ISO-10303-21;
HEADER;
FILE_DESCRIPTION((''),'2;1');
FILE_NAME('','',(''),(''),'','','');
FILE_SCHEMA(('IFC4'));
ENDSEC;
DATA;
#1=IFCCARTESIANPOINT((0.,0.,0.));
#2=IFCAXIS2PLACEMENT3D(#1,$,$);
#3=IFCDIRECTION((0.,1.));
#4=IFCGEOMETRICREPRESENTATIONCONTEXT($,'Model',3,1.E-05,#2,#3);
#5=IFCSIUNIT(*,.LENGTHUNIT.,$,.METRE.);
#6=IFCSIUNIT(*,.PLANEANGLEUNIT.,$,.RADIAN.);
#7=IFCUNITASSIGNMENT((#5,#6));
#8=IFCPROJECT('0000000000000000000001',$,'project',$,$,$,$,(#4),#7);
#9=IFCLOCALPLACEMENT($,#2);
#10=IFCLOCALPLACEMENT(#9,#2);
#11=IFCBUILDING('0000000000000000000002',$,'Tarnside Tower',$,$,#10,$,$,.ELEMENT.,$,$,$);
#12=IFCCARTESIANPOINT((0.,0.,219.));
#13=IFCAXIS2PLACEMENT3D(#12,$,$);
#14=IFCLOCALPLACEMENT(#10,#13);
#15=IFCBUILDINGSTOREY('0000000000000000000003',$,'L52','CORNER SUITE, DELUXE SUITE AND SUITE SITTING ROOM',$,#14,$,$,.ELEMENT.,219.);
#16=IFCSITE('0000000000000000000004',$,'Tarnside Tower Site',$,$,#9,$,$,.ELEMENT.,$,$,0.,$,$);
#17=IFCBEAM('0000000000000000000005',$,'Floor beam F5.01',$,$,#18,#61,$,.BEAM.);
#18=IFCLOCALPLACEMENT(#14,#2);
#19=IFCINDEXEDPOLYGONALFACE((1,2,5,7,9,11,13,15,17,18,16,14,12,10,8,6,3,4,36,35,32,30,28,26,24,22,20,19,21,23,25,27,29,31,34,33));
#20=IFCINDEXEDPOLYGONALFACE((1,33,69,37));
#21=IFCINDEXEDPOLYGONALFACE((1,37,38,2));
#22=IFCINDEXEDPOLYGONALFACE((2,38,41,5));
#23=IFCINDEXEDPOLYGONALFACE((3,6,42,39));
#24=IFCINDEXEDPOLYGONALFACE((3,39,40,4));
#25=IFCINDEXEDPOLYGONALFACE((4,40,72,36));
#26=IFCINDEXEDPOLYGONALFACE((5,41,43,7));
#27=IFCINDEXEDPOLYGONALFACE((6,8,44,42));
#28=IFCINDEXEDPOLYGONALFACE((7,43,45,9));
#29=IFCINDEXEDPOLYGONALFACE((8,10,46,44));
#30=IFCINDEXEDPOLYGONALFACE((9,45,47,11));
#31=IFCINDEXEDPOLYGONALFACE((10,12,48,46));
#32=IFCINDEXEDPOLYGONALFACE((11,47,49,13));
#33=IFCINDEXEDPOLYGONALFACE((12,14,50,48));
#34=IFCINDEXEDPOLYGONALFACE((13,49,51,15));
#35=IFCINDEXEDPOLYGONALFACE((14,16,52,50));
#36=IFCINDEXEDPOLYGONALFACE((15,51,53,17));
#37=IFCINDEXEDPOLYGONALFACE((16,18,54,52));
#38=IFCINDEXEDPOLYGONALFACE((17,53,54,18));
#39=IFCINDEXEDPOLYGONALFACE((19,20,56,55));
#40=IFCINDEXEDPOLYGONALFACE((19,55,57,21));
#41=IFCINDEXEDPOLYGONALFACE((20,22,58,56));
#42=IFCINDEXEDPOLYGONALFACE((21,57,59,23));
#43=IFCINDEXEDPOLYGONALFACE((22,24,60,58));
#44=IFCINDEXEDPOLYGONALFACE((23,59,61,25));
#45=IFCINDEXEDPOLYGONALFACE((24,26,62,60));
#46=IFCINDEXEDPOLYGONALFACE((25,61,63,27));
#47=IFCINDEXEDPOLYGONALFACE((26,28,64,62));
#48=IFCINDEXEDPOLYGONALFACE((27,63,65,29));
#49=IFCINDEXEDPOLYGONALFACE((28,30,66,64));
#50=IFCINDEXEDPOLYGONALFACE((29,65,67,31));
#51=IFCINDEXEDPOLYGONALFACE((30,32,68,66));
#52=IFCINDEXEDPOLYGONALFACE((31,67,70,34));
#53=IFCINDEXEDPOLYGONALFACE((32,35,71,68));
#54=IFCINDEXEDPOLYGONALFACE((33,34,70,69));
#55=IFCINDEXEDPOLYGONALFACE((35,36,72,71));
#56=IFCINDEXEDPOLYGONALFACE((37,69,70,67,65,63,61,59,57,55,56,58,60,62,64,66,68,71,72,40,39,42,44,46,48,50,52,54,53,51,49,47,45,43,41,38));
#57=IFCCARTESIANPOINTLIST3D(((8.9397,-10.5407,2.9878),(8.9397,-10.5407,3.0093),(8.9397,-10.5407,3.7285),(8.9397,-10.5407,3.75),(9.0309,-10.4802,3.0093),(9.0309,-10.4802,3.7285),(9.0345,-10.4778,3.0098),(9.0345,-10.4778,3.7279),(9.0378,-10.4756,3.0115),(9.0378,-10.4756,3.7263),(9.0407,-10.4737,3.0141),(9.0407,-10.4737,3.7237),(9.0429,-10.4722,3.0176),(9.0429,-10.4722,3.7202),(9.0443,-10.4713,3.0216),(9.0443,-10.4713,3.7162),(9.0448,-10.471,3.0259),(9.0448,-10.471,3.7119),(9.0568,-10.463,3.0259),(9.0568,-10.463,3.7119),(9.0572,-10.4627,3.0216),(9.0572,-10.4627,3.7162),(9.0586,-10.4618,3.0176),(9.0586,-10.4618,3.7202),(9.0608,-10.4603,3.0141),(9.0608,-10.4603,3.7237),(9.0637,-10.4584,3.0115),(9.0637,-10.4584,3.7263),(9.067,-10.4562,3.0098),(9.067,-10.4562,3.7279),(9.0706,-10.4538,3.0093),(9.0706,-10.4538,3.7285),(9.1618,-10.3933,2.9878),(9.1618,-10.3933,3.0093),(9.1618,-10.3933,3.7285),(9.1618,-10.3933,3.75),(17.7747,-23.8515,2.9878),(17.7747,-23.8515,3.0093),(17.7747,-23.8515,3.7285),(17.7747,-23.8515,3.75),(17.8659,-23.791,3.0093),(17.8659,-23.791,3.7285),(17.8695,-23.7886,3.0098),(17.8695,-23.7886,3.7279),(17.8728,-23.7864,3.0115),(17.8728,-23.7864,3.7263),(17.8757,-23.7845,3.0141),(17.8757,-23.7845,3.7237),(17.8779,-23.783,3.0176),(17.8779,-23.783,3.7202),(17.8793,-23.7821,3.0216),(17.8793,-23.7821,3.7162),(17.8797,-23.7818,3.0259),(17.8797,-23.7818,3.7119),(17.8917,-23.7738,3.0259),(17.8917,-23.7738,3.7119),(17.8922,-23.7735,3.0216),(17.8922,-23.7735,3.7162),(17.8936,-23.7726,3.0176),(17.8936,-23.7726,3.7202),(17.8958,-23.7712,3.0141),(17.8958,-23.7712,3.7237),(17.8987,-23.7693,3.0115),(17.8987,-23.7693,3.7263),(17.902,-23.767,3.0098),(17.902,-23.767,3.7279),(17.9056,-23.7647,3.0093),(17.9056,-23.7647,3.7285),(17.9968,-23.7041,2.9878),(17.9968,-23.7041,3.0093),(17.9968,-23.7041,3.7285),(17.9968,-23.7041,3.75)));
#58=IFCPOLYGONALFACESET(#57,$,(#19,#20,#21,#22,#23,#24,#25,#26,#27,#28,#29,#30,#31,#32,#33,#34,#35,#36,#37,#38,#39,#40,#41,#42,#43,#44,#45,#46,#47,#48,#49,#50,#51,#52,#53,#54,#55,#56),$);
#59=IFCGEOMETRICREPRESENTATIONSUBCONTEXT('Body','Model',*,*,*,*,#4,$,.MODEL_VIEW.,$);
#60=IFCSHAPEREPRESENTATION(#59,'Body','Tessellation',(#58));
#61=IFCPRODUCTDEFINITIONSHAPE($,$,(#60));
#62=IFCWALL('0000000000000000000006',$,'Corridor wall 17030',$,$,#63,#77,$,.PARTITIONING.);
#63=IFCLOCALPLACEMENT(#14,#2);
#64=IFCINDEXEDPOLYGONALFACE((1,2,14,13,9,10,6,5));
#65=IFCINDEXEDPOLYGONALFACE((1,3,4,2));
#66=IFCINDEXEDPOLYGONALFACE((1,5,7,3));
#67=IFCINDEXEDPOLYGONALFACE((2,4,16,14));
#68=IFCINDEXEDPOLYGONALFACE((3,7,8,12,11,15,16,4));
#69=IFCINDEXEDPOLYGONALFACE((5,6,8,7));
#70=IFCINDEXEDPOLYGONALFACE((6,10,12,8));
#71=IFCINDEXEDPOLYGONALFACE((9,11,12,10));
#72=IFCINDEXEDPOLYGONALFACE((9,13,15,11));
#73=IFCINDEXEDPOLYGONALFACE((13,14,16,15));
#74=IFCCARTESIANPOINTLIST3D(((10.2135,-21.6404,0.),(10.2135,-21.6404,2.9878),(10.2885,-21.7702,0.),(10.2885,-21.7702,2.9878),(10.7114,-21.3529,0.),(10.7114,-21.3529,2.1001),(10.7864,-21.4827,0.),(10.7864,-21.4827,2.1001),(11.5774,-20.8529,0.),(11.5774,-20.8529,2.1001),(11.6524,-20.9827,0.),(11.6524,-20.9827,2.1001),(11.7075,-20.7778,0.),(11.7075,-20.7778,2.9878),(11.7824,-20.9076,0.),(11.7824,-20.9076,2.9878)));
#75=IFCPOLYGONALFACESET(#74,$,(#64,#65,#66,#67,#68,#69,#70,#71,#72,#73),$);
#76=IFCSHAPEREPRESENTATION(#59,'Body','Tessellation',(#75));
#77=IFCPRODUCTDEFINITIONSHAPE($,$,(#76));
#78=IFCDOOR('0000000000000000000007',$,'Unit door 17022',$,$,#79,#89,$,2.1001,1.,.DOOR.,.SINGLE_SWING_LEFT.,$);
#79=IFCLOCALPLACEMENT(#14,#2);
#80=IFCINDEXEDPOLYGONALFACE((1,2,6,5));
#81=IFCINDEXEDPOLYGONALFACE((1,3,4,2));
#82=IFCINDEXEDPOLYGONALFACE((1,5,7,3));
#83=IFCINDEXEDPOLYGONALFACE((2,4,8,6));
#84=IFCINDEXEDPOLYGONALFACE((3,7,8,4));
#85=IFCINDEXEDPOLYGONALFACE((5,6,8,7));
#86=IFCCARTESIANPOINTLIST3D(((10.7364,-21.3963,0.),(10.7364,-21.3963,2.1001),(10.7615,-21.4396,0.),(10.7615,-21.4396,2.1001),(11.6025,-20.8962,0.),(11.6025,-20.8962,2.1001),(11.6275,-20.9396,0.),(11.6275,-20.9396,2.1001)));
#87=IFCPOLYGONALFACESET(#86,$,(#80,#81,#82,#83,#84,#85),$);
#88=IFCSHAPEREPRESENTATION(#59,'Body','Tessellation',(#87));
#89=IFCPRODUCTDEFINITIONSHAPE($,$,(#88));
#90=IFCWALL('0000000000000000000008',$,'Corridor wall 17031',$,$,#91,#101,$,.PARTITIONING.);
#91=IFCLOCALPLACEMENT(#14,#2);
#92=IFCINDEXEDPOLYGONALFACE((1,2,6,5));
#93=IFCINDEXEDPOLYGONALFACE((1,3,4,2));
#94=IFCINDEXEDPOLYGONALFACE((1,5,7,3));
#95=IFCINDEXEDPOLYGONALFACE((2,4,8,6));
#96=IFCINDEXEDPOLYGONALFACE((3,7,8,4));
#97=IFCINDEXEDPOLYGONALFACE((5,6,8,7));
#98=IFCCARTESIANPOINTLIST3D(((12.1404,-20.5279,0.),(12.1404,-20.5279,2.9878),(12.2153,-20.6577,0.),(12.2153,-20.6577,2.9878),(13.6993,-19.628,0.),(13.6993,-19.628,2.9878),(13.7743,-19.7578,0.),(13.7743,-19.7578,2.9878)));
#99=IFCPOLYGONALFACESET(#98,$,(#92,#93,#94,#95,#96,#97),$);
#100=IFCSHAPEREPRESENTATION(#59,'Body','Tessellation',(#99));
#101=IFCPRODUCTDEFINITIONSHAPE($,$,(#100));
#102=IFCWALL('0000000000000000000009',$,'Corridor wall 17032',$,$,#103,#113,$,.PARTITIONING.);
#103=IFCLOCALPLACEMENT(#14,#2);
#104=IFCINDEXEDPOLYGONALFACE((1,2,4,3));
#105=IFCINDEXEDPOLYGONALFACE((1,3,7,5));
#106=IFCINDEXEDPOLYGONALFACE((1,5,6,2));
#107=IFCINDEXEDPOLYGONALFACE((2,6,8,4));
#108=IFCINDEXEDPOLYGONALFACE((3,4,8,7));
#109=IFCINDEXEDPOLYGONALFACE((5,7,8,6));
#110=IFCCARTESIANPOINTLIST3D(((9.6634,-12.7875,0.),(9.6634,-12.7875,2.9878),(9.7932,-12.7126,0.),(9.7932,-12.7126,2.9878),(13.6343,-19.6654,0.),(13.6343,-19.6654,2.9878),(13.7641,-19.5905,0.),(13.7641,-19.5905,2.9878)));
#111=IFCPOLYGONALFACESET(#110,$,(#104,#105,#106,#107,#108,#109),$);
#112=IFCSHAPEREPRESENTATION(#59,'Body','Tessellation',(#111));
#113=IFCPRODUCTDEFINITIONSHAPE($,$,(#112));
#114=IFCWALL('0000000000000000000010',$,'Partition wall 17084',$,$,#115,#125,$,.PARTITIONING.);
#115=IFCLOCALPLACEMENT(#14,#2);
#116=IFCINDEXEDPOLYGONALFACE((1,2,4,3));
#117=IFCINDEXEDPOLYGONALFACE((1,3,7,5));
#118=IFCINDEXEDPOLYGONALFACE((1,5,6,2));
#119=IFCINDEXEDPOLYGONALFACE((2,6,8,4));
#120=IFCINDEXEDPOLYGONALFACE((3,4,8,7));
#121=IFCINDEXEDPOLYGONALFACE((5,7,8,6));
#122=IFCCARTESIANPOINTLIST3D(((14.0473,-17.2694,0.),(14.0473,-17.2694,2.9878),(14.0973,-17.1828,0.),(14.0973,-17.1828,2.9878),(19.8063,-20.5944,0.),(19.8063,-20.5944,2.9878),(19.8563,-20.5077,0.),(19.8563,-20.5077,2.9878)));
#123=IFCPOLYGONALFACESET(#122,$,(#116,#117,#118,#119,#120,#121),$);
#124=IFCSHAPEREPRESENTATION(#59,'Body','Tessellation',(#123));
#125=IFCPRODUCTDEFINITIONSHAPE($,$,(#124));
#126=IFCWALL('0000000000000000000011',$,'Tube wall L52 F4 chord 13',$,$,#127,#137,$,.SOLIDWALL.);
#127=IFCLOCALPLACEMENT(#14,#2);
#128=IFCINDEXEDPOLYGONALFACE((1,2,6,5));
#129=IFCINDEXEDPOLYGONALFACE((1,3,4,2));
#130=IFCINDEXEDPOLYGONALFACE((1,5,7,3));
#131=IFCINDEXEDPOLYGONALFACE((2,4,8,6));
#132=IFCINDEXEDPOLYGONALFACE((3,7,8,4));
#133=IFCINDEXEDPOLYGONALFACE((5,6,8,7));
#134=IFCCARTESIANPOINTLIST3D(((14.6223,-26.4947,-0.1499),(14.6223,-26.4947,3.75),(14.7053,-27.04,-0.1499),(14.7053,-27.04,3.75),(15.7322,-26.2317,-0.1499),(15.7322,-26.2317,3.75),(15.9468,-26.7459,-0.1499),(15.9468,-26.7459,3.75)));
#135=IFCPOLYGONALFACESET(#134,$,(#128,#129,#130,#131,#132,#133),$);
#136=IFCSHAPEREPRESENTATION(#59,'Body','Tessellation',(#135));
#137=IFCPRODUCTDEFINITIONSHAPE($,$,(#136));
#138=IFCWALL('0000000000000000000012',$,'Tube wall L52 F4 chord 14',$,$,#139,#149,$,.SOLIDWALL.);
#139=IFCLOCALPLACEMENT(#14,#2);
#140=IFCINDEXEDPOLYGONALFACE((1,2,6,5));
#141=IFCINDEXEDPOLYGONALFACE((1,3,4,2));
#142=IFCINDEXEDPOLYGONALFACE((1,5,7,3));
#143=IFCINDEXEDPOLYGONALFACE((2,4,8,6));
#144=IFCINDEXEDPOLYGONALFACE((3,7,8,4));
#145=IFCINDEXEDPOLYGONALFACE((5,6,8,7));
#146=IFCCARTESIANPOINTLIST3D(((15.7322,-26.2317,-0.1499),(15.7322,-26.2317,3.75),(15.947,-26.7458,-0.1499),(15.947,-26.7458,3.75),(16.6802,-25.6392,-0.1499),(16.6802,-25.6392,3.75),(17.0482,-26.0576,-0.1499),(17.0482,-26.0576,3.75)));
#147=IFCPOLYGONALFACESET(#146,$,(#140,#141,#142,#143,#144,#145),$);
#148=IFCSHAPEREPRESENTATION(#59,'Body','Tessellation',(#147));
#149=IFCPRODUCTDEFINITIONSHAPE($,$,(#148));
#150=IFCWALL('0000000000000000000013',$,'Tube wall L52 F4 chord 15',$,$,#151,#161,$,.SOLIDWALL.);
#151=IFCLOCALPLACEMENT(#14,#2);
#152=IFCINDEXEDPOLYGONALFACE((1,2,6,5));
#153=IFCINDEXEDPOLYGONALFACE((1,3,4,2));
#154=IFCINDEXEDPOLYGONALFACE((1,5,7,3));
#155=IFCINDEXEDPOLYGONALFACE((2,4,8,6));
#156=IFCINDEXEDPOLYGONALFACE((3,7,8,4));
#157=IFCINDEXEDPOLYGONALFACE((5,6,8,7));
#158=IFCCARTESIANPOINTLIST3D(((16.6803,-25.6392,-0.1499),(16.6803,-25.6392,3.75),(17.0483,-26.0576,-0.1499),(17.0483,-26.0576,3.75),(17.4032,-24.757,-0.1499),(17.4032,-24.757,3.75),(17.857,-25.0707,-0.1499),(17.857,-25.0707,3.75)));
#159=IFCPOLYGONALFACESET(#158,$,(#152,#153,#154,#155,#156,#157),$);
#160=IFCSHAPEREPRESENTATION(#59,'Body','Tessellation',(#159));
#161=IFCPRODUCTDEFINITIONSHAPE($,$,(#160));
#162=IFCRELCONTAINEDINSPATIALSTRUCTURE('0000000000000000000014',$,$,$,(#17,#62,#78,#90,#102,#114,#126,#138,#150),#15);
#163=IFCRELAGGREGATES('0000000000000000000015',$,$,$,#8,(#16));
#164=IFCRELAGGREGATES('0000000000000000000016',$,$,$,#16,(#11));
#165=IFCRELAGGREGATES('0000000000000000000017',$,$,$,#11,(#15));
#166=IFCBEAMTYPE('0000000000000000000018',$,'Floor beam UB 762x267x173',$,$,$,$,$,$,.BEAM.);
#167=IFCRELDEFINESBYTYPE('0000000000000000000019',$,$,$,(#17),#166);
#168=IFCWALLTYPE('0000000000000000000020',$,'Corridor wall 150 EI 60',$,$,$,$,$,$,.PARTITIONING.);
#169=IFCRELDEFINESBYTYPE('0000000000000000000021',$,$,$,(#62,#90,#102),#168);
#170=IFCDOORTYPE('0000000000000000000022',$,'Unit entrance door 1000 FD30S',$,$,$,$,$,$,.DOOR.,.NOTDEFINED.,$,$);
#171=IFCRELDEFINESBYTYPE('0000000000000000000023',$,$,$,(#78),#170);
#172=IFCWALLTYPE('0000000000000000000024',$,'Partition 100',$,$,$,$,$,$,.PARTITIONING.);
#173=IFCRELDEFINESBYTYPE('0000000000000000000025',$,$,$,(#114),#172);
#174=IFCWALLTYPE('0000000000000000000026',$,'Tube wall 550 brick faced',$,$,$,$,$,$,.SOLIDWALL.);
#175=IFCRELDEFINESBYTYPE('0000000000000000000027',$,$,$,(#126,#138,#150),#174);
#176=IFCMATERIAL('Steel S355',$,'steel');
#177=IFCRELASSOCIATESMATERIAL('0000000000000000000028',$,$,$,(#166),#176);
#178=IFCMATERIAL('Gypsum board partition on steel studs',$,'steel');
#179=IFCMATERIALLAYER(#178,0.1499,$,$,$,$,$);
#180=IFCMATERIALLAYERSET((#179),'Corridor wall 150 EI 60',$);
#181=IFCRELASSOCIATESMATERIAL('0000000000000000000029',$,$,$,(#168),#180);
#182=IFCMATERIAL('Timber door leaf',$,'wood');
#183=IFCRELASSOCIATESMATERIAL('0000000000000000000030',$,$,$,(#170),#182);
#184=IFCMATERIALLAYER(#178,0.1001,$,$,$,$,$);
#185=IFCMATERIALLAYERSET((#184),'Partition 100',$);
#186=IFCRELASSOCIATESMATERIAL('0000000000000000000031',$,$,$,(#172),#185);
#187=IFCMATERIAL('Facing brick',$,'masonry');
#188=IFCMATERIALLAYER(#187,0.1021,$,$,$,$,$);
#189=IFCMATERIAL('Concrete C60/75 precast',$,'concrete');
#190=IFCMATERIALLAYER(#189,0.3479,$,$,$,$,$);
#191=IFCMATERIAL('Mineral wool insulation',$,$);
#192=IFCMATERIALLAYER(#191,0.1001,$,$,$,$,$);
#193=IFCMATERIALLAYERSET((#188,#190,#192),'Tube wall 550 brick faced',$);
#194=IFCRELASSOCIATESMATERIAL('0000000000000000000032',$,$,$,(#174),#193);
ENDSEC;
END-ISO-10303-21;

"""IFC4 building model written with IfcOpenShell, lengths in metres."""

from ifc_helpers import new_model, si_unit, direction, frame, frame_2d, origin, origin_2d, place, context, subcontext, project, spatial, polyline, rectangle, i_section, outline, extrude, material, layer, layer_set, material_profile, profile_set, type_object, element, fill, save


model = new_model("IFC4")

# Units and contexts
model_context = context("Model", 3, precision=1e-05, world=origin(), true_north=direction((0.0, 1.0)))
body_context = subcontext(model_context, "Body", "Model", "MODEL_VIEW")
ifc_project = project(units=[si_unit("LENGTHUNIT", "METRE"), si_unit("PLANEANGLEUNIT", "RADIAN")], contexts=[model_context])

# Site, building, storey
site_placement = place(None, origin())
site = spatial("IfcSite", under=ifc_project, at=site_placement, Name="Tarnside Tower Site", CompositionType="ELEMENT", RefElevation=0.0)
building_placement = place(site_placement, origin())
building = spatial("IfcBuilding", under=site, at=building_placement, Name="Tarnside Tower", CompositionType="ELEMENT")
storey_placement = place(building_placement, frame((0.0, 0.0, 219.0)))
storey = spatial("IfcBuildingStorey", under=building, at=storey_placement, Name="L52", Description="CORNER SUITE, DELUXE SUITE AND SUITE SITTING ROOM", CompositionType="ELEMENT", Elevation=219.0)

# Beam
ifc_material_1 = material(Name="Steel S355", Category="steel")
ifc_material_profile_1 = material_profile(ifc_material_1, i_section(OverallWidth=0.2666, OverallDepth=0.7622, WebThickness=0.0144, FlangeThickness=0.0215, FilletRadius=0.0166, at=origin_2d()), Name="UB 762x267x173")
ifc_profile_set_1 = profile_set([ifc_material_profile_1], Name="Steel S355")
beam_type_1 = type_object("IfcBeamType", Name="Floor beam UB 762x267x173", PredefinedType="BEAM", material=ifc_profile_set_1)
beam_1_placement = place(storey_placement, frame((17.8857, -23.7778, 3.3689), z_axis=(-0.553013, 0.833172, 0.0), x_axis=(-0.833172, -0.553013, 0.0)))
element("IfcBeam", 1, at=beam_1_placement, inside=storey, type_object=beam_type_1, Name="Floor beam F5.01", PredefinedType="BEAM", context=body_context, shape_type="SweptSolid", body=[
    extrude(i_section(OverallWidth=0.2666, OverallDepth=0.7622, WebThickness=0.0144, FlangeThickness=0.0215, FilletRadius=0.0166, at=origin_2d()), origin(), (0.0, 0.0, 1.0), 15.9761),
])

# Wall, opening, door
ifc_material_2 = material(Name="Gypsum board partition on steel studs", Category="steel")
ifc_layer_1 = layer(ifc_material_2, 0.1499)
ifc_layer_set_1 = layer_set([ifc_layer_1], Name="Corridor wall 150 EI 60")
wall_type_1 = type_object("IfcWallType", Name="Corridor wall 150 EI 60", PredefinedType="PARTITIONING", material=ifc_layer_set_1)
wall_1_placement = place(storey_placement, frame((10.251, -21.7053, 0.0), z_axis=(0.0, 0.0, 1.0), x_axis=(0.866014, 0.500021, 0.0)))
wall_1 = element("IfcWall", 2, at=wall_1_placement, inside=storey, type_object=wall_type_1, Name="Corridor wall 17030", PredefinedType="PARTITIONING", context=body_context, shape_type="SweptSolid", body=[
    extrude(rectangle(XDim=1.7251, YDim=0.1499, at=frame_2d((0.8625, 0.0))), origin(), (0.0, 0.0, 1.0), 2.9878),
])
opening_1_placement = place(wall_1_placement, frame((0.575, 0.0, 0.0)))
opening_1 = element("IfcOpeningElement", 3, at=opening_1_placement, cuts=wall_1, PredefinedType="OPENING", context=body_context, shape_type="SweptSolid", body=[
    extrude(rectangle(XDim=1.0, YDim=2.1001, at=frame_2d((0.5, 1.05))), frame((0.0, 0.085, 0.0), z_axis=(0.0, -1.0, 0.0), x_axis=(1.0, 0.0, 0.0)), (0.0, 0.0, 1.0), 0.1699),
])
ifc_material_3 = material(Name="Timber door leaf", Category="wood")
door_type = type_object("IfcDoorType", Name="Unit entrance door 1000 FD30S", OperationType="NOTDEFINED", PredefinedType="DOOR", material=ifc_material_3)
door_placement = place(opening_1_placement, origin())
door = element("IfcDoor", 4, at=door_placement, inside=storey, type_object=door_type, Name="Unit door 17022", OperationType="SINGLE_SWING_LEFT", OverallHeight=2.1001, OverallWidth=1.0, PredefinedType="DOOR", context=body_context, shape_type="SweptSolid", body=[
    extrude(rectangle(XDim=1.0, YDim=2.1001, at=frame_2d((0.5, 1.05))), frame((0.0, 0.0249, 0.0), z_axis=(0.0, -1.0, 0.0), x_axis=(1.0, 0.0, 0.0)), (0.0, 0.0, 1.0), 0.05),
])
fill(opening_1, door)

# Walls
wall_2_placement = place(storey_placement, frame((12.178, -20.5928, 0.0), z_axis=(0.0, 0.0, 1.0), x_axis=(0.866048, 0.499961, 0.0)))
element("IfcWall", 5, at=wall_2_placement, inside=storey, type_object=wall_type_1, Name="Corridor wall 17031", PredefinedType="PARTITIONING", context=body_context, shape_type="SweptSolid", body=[
    extrude(rectangle(XDim=1.8, YDim=0.1499, at=frame_2d((0.8999, 0.0))), origin(), (0.0, 0.0, 1.0), 2.9878),
])
wall_3_placement = place(storey_placement, frame((13.6992, -19.6279, 0.0), z_axis=(0.0, 0.0, 1.0), x_axis=(-0.499997, 0.866027, 0.0)))
element("IfcWall", 6, at=wall_3_placement, inside=storey, type_object=wall_type_1, Name="Corridor wall 17032", PredefinedType="PARTITIONING", context=body_context, shape_type="SweptSolid", body=[
    extrude(rectangle(XDim=7.9419, YDim=0.1499, at=frame_2d((3.9709, 0.0))), origin(), (0.0, 0.0, 1.0), 2.9878),
])
ifc_layer_2 = layer(ifc_material_2, 0.1001)
ifc_layer_set_2 = layer_set([ifc_layer_2], Name="Partition 100")
wall_type_2 = type_object("IfcWallType", Name="Partition 100", PredefinedType="PARTITIONING", material=ifc_layer_set_2)
wall_4_placement = place(storey_placement, frame((19.8313, -20.551, 0.0), z_axis=(0.0, 0.0, 1.0), x_axis=(-0.866027, 0.499997, 0.0)))
element("IfcWall", 7, at=wall_4_placement, inside=storey, type_object=wall_type_2, Name="Partition wall 17084", PredefinedType="PARTITIONING", context=body_context, shape_type="SweptSolid", body=[
    extrude(rectangle(XDim=6.6499, YDim=0.1001, at=frame_2d((3.325, 0.0))), origin(), (0.0, 0.0, 1.0), 2.9878),
])
ifc_material_4 = material(Name="Facing brick", Category="masonry")
ifc_layer_3 = layer(ifc_material_4, 0.1021)
ifc_material_5 = material(Name="Concrete C60/75 precast", Category="concrete")
ifc_layer_4 = layer(ifc_material_5, 0.3479)
ifc_material_6 = material(Name="Mineral wool insulation")
ifc_layer_5 = layer(ifc_material_6, 0.1001)
ifc_layer_set_3 = layer_set([ifc_layer_3, ifc_layer_4, ifc_layer_5], Name="Tube wall 550 brick faced")
wall_type_3 = type_object("IfcWallType", Name="Tube wall 550 brick faced", PredefinedType="SOLIDWALL", material=ifc_layer_set_3)
wall_5_placement = place(storey_placement, frame((14.6638, -26.7673, -0.1499), z_axis=(0.0, 0.0, 1.0), x_axis=(0.973064, 0.230537, 0.0)))
element("IfcWall", 8, at=wall_5_placement, inside=storey, type_object=wall_type_3, Name="Tube wall L52 F4 chord 13", PredefinedType="SOLIDWALL", context=body_context, shape_type="SweptSolid", body=[
    extrude(outline(polyline([(-0.0225, -0.2749), (1.2534, -0.2749), (1.1631, 0.2749), (0.0225, 0.2749), (-0.0225, -0.2749)])), origin(), (0.0, 0.0, 1.0), 3.8999),
])
wall_6_placement = place(storey_placement, frame((15.8396, -26.4888, -0.1499), z_axis=(0.0, 0.0, 1.0), x_axis=(0.84801, 0.529981, 0.0)))
element("IfcWall", 9, at=wall_6_placement, inside=storey, type_object=wall_type_3, Name="Tube wall L52 F4 chord 14", PredefinedType="SOLIDWALL", context=body_context, shape_type="SweptSolid", body=[
    extrude(outline(polyline([(-0.0452, -0.2749), (1.2534, -0.2749), (1.1631, 0.2749), (0.0452, 0.2749), (-0.0452, -0.2749)])), origin(), (0.0, 0.0, 1.0), 3.8999),
])
wall_7_placement = place(storey_placement, frame((16.8643, -25.8484, -0.1499), z_axis=(0.0, 0.0, 1.0), x_axis=(0.633843, 0.773462, 0.0)))
element("IfcWall", 10, at=wall_7_placement, inside=storey, type_object=wall_type_3, Name="Tube wall L52 F4 chord 15", PredefinedType="SOLIDWALL", context=body_context, shape_type="SweptSolid", body=[
    extrude(outline(polyline([(-0.0452, -0.2749), (1.2307, -0.2749), (1.1858, 0.2749), (0.0452, 0.2749), (-0.0452, -0.2749)])), origin(), (0.0, 0.0, 1.0), 3.8999),
])

save(model, "model.ifc")
